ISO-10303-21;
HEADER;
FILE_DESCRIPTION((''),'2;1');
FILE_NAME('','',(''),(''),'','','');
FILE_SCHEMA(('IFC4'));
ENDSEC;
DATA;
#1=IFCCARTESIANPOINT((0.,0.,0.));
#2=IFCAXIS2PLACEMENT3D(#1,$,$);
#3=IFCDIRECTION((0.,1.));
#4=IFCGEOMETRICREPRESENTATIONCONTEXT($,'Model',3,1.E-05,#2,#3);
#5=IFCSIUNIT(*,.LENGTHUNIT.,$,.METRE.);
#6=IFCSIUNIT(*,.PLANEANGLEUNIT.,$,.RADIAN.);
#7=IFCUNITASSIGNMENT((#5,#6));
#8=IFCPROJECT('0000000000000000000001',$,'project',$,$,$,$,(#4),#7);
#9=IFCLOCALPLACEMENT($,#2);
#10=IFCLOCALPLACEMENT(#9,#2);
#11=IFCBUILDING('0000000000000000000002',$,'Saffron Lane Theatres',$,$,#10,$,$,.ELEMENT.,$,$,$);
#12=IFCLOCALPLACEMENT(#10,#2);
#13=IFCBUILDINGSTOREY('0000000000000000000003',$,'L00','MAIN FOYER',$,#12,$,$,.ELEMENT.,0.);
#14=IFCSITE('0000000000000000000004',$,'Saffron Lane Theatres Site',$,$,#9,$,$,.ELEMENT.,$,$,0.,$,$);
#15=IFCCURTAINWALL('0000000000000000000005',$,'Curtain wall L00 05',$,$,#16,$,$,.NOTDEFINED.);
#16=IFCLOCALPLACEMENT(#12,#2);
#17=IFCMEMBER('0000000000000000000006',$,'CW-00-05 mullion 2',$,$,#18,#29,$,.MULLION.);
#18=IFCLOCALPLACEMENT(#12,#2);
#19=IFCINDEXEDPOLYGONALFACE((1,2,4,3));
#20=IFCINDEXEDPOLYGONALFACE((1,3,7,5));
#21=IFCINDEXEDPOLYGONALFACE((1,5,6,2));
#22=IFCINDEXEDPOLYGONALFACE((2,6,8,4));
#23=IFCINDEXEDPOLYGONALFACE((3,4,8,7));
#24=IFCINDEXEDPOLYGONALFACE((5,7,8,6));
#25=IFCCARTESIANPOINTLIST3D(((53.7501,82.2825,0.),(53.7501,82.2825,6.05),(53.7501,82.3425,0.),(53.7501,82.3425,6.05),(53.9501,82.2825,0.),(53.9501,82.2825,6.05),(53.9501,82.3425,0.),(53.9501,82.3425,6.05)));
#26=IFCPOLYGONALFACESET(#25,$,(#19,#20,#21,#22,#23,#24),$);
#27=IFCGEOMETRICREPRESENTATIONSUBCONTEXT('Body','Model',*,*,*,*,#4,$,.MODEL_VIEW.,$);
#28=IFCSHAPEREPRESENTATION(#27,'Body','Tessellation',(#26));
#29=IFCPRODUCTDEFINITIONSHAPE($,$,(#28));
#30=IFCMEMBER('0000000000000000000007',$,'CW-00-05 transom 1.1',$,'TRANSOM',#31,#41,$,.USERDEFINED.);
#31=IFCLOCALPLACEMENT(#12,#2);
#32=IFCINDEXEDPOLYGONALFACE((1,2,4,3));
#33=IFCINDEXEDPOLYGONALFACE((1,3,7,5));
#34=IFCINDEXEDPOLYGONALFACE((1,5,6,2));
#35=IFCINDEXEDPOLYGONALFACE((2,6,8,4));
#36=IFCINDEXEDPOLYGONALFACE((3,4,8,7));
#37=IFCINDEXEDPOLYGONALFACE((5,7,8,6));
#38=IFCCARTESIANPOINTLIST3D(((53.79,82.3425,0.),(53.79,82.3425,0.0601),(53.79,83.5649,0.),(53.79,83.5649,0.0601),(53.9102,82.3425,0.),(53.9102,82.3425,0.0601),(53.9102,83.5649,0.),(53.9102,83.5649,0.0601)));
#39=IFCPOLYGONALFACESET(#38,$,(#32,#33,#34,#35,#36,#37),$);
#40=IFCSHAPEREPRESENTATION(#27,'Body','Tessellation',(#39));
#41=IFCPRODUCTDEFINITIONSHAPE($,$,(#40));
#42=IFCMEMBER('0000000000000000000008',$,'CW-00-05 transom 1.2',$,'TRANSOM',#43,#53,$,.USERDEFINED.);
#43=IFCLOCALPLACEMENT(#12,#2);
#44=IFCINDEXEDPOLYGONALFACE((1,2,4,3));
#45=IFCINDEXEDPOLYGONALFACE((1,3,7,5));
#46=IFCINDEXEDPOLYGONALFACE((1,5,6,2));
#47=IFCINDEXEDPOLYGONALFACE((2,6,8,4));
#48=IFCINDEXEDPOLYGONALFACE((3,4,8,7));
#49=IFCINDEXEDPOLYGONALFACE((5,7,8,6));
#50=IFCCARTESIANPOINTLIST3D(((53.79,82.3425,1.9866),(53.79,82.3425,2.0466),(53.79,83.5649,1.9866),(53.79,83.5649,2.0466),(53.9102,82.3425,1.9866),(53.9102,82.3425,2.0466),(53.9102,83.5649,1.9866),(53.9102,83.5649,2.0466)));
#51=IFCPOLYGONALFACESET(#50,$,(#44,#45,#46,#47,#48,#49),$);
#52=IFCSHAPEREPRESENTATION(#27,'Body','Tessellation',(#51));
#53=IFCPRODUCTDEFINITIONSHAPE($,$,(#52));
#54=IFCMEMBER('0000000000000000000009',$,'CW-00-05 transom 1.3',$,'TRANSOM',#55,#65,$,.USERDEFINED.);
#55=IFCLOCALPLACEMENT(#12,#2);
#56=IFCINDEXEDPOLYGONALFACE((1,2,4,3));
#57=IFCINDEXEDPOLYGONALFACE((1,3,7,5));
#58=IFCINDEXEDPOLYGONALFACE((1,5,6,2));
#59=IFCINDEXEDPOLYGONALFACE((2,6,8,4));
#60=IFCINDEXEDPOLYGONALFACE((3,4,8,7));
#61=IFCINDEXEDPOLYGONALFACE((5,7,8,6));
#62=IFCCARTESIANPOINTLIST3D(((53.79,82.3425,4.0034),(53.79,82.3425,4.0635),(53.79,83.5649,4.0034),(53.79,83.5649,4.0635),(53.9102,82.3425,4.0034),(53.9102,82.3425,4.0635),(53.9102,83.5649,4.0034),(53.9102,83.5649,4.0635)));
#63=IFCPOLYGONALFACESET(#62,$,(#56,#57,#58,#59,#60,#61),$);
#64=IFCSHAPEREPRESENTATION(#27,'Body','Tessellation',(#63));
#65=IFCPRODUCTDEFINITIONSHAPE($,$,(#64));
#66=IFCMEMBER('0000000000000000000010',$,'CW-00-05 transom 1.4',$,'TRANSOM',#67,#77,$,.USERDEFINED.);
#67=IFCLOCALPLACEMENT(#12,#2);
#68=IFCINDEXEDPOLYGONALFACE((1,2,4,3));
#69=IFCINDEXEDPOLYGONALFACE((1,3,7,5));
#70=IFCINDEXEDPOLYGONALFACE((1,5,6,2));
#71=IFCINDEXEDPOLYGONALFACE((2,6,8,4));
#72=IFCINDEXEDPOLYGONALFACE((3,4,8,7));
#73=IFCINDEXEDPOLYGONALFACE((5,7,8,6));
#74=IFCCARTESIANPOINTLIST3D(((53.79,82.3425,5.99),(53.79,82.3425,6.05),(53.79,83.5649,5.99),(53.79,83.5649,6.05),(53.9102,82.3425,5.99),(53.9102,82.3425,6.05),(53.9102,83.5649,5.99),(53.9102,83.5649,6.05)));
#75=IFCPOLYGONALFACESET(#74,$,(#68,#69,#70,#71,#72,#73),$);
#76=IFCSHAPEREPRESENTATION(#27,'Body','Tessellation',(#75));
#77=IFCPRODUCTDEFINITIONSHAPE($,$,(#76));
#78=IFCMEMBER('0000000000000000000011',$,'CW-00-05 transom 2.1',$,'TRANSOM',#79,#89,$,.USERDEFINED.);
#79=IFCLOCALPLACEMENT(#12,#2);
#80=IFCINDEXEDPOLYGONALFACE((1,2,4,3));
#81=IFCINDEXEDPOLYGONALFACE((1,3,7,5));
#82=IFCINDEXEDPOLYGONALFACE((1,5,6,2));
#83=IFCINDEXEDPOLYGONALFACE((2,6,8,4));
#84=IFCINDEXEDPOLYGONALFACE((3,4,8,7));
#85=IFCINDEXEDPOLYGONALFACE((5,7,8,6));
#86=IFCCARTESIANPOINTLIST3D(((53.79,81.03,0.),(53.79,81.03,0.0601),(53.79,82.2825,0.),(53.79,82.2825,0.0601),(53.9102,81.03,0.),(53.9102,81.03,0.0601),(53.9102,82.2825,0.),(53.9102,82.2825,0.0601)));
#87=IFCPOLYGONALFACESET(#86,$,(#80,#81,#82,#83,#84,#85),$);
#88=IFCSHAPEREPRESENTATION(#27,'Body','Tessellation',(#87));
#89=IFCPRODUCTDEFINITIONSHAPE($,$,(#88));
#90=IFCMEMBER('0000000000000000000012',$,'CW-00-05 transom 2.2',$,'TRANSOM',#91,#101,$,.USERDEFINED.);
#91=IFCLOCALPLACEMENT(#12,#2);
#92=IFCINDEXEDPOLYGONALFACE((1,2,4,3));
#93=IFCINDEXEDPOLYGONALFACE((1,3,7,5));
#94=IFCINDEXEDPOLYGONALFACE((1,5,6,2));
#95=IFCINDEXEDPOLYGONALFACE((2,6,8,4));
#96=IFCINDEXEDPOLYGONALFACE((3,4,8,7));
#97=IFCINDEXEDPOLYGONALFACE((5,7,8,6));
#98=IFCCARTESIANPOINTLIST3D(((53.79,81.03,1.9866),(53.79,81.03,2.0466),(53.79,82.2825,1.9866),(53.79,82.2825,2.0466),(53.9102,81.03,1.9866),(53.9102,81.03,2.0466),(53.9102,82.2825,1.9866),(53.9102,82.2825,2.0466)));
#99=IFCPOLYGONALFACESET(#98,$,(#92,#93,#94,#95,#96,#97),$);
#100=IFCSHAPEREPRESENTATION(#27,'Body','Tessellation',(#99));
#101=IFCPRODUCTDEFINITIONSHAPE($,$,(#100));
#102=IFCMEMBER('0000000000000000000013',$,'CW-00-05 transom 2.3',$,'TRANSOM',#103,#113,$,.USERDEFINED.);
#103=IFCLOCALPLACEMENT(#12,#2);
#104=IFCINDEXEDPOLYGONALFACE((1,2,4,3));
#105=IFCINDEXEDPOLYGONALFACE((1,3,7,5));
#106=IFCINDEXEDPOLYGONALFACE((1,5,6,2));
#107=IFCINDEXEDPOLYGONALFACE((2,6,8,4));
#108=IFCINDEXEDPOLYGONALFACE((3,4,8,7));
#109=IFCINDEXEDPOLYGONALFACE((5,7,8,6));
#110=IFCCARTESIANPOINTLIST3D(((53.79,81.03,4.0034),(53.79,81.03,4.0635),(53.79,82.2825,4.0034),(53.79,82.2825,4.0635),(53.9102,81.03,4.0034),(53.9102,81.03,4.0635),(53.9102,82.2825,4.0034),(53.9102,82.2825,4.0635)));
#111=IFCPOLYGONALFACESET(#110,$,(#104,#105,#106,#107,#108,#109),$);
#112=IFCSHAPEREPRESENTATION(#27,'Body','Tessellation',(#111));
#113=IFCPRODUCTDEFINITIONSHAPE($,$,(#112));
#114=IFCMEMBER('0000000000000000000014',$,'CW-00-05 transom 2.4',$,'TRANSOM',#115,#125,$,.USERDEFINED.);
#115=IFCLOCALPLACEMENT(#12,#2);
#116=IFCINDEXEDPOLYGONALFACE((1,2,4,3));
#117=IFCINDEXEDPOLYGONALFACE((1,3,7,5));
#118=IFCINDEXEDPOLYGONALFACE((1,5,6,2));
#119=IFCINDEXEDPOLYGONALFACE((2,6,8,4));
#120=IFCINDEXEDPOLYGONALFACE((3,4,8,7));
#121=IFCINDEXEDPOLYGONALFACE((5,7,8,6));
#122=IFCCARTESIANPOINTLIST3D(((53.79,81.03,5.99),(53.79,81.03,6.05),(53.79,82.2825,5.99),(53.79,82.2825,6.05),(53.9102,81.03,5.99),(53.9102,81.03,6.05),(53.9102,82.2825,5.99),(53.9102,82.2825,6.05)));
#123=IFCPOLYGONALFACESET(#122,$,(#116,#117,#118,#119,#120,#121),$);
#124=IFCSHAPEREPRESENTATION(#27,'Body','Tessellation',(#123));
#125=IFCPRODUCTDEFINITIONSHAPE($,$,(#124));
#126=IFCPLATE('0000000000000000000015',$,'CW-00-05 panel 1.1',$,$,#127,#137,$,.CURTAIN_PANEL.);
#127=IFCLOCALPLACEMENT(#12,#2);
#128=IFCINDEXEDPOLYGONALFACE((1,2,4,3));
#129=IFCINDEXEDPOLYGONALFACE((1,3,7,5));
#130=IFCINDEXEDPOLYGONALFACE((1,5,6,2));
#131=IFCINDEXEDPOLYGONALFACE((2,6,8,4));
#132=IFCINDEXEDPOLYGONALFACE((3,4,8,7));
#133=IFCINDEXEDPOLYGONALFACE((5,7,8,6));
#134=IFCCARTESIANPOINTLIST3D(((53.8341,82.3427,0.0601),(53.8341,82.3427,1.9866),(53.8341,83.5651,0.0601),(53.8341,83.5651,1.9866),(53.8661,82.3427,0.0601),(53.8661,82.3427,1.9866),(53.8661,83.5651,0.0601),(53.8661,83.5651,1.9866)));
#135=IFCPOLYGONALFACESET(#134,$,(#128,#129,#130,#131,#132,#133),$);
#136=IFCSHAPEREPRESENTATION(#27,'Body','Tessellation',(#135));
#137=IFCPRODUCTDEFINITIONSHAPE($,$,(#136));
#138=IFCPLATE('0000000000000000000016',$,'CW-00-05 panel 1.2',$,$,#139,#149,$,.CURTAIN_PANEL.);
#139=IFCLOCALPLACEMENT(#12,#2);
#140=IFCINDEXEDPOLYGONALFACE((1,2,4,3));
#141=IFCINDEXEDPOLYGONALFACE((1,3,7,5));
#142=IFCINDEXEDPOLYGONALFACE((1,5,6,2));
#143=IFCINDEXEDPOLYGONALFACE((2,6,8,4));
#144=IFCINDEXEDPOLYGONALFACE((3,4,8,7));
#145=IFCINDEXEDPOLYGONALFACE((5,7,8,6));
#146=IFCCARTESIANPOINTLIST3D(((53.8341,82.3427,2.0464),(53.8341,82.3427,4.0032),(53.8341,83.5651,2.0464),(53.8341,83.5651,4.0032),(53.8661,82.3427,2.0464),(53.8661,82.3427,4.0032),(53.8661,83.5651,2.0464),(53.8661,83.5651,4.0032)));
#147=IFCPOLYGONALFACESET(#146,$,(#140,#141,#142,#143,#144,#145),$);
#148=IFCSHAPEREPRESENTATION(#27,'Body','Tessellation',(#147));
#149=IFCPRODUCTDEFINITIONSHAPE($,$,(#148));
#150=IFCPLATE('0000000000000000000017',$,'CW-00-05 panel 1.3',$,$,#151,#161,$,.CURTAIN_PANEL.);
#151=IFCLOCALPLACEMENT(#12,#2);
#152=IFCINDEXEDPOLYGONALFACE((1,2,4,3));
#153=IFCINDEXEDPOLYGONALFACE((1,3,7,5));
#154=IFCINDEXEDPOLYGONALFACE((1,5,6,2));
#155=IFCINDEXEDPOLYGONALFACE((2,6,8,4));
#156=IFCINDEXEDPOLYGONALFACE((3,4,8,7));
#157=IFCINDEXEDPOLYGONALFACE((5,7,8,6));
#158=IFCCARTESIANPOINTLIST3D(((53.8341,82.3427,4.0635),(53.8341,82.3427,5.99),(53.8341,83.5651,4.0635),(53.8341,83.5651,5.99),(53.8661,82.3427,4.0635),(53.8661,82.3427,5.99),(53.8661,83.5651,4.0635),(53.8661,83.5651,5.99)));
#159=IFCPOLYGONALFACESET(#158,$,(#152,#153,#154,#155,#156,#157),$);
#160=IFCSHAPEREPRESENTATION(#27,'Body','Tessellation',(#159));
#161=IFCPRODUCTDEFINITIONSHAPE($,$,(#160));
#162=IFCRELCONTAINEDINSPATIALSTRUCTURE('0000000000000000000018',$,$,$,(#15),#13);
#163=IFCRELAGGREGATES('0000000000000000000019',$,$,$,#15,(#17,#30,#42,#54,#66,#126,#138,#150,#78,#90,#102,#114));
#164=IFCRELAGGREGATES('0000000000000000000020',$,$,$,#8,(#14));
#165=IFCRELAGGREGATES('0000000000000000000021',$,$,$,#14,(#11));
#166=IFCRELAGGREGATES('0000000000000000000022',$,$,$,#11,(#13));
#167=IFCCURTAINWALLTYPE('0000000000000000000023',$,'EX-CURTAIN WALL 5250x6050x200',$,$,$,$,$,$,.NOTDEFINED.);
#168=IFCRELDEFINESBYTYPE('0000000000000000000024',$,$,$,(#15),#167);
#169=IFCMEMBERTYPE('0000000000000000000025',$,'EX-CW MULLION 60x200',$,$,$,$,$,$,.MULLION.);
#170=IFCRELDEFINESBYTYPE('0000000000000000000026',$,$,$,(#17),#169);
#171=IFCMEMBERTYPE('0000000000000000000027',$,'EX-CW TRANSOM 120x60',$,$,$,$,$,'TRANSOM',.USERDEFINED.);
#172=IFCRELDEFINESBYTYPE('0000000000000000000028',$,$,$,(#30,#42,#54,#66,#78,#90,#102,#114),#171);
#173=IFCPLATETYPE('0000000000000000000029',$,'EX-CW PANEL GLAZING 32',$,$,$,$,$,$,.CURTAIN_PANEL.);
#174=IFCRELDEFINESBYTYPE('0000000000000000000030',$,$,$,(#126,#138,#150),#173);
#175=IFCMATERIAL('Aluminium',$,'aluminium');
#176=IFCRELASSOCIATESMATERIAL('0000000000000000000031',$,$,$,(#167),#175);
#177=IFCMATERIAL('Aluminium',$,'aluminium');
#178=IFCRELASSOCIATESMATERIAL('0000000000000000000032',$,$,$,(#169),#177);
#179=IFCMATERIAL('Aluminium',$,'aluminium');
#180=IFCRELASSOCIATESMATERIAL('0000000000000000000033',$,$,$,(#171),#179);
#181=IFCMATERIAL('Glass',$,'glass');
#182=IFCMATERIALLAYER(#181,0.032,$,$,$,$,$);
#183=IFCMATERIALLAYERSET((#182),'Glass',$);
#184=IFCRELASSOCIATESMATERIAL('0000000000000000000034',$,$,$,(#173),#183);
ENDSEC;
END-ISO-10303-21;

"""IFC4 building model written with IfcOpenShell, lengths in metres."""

from ifc_helpers import new_model, si_unit, direction, frame, origin, origin_2d, place, context, subcontext, project, spatial, rectangle, extrude, material, layer, layer_set, material_profile, profile_set, type_object, element, aggregate, save


model = new_model("IFC4")

# Units and contexts
model_context = context("Model", 3, precision=1e-05, world=origin(), true_north=direction((0.0, 1.0)))
body_context = subcontext(model_context, "Body", "Model", "MODEL_VIEW")
ifc_project = project(units=[si_unit("LENGTHUNIT", "METRE"), si_unit("PLANEANGLEUNIT", "RADIAN")], contexts=[model_context])

# Site, building, storey
site_placement = place(None, origin())
site = spatial("IfcSite", under=ifc_project, at=site_placement, Name="Saffron Lane Theatres Site", CompositionType="ELEMENT", RefElevation=0.0)
building_placement = place(site_placement, origin())
building = spatial("IfcBuilding", under=site, at=building_placement, Name="Saffron Lane Theatres", CompositionType="ELEMENT")
storey_placement = place(building_placement, origin())
storey = spatial("IfcBuildingStorey", under=building, at=storey_placement, Name="L00", Description="MAIN FOYER", CompositionType="ELEMENT", Elevation=0.0)

# Curtain wall, members, plates
ifc_material_1 = material(Name="Aluminium", Category="aluminium")
curtain_wall_type = type_object("IfcCurtainWallType", Name="EX-CURTAIN WALL 5250x6050x200", PredefinedType="NOTDEFINED", material=ifc_material_1)
curtain_wall_placement = place(storey_placement, origin())
curtain_wall = element("IfcCurtainWall", 1, at=curtain_wall_placement, inside=storey, type_object=curtain_wall_type, Name="Curtain wall L00 05", PredefinedType="NOTDEFINED")
ifc_material_2 = material(Name="Aluminium", Category="aluminium")
ifc_material_profile_1 = material_profile(ifc_material_2, rectangle(XDim=0.0601, YDim=0.2, at=origin_2d()))
ifc_profile_set_1 = profile_set([ifc_material_profile_1], Name="Aluminium")
member_type_1 = type_object("IfcMemberType", Name="EX-CW MULLION 60x200", PredefinedType="MULLION", material=ifc_profile_set_1)
member_1_placement = place(storey_placement, frame((53.8501, 82.3125, 0.0), z_axis=(0.0, 0.0, 1.0), x_axis=(0.0, -1.0, 0.0)))
member_1 = element("IfcMember", 2, at=member_1_placement, type_object=member_type_1, Name="CW-00-05 mullion 2", PredefinedType="MULLION", context=body_context, shape_type="SweptSolid", body=[
    extrude(rectangle(XDim=0.0601, YDim=0.2, at=origin_2d()), origin(), (0.0, 0.0, 1.0), 6.05),
])
ifc_material_3 = material(Name="Aluminium", Category="aluminium")
ifc_material_profile_2 = material_profile(ifc_material_3, rectangle(XDim=0.1201, YDim=0.0601, at=origin_2d()))
ifc_profile_set_2 = profile_set([ifc_material_profile_2], Name="Aluminium")
member_type_2 = type_object("IfcMemberType", Name="EX-CW TRANSOM 120x60", ElementType="TRANSOM", PredefinedType="USERDEFINED", material=ifc_profile_set_2)
member_2_placement = place(storey_placement, frame((53.8501, 83.5649, 0.03), z_axis=(0.0, -1.0, 0.0), x_axis=(1.0, 0.0, 0.0)))
member_2 = element("IfcMember", 3, at=member_2_placement, type_object=member_type_2, Name="CW-00-05 transom 1.1", ObjectType="TRANSOM", PredefinedType="USERDEFINED", context=body_context, shape_type="SweptSolid", body=[
    extrude(rectangle(XDim=0.1201, YDim=0.0601, at=origin_2d()), origin(), (0.0, 0.0, 1.0), 1.2224),
])
member_3_placement = place(storey_placement, frame((53.8501, 83.5649, 2.0166), z_axis=(0.0, -1.0, 0.0), x_axis=(1.0, 0.0, 0.0)))
member_3 = element("IfcMember", 4, at=member_3_placement, type_object=member_type_2, Name="CW-00-05 transom 1.2", ObjectType="TRANSOM", PredefinedType="USERDEFINED", context=body_context, shape_type="SweptSolid", body=[
    extrude(rectangle(XDim=0.1201, YDim=0.0601, at=origin_2d()), origin(), (0.0, 0.0, 1.0), 1.2224),
])
member_4_placement = place(storey_placement, frame((53.8501, 83.5649, 4.0334), z_axis=(0.0, -1.0, 0.0), x_axis=(1.0, 0.0, 0.0)))
member_4 = element("IfcMember", 5, at=member_4_placement, type_object=member_type_2, Name="CW-00-05 transom 1.3", ObjectType="TRANSOM", PredefinedType="USERDEFINED", context=body_context, shape_type="SweptSolid", body=[
    extrude(rectangle(XDim=0.1201, YDim=0.0601, at=origin_2d()), origin(), (0.0, 0.0, 1.0), 1.2224),
])
member_5_placement = place(storey_placement, frame((53.8501, 83.5649, 6.02), z_axis=(0.0, -1.0, 0.0), x_axis=(1.0, 0.0, 0.0)))
member_5 = element("IfcMember", 6, at=member_5_placement, type_object=member_type_2, Name="CW-00-05 transom 1.4", ObjectType="TRANSOM", PredefinedType="USERDEFINED", context=body_context, shape_type="SweptSolid", body=[
    extrude(rectangle(XDim=0.1201, YDim=0.0601, at=origin_2d()), origin(), (0.0, 0.0, 1.0), 1.2224),
])
member_6_placement = place(storey_placement, frame((53.8501, 82.2825, 0.03), z_axis=(0.0, -1.0, 0.0), x_axis=(1.0, 0.0, 0.0)))
member_6 = element("IfcMember", 7, at=member_6_placement, type_object=member_type_2, Name="CW-00-05 transom 2.1", ObjectType="TRANSOM", PredefinedType="USERDEFINED", context=body_context, shape_type="SweptSolid", body=[
    extrude(rectangle(XDim=0.1201, YDim=0.0601, at=origin_2d()), origin(), (0.0, 0.0, 1.0), 1.2524),
])
member_7_placement = place(storey_placement, frame((53.8501, 82.2825, 2.0166), z_axis=(0.0, -1.0, 0.0), x_axis=(1.0, 0.0, 0.0)))
member_7 = element("IfcMember", 8, at=member_7_placement, type_object=member_type_2, Name="CW-00-05 transom 2.2", ObjectType="TRANSOM", PredefinedType="USERDEFINED", context=body_context, shape_type="SweptSolid", body=[
    extrude(rectangle(XDim=0.1201, YDim=0.0601, at=origin_2d()), origin(), (0.0, 0.0, 1.0), 1.2524),
])
member_8_placement = place(storey_placement, frame((53.8501, 82.2825, 4.0334), z_axis=(0.0, -1.0, 0.0), x_axis=(1.0, 0.0, 0.0)))
member_8 = element("IfcMember", 9, at=member_8_placement, type_object=member_type_2, Name="CW-00-05 transom 2.3", ObjectType="TRANSOM", PredefinedType="USERDEFINED", context=body_context, shape_type="SweptSolid", body=[
    extrude(rectangle(XDim=0.1201, YDim=0.0601, at=origin_2d()), origin(), (0.0, 0.0, 1.0), 1.2524),
])
member_9_placement = place(storey_placement, frame((53.8501, 82.2825, 6.02), z_axis=(0.0, -1.0, 0.0), x_axis=(1.0, 0.0, 0.0)))
member_9 = element("IfcMember", 10, at=member_9_placement, type_object=member_type_2, Name="CW-00-05 transom 2.4", ObjectType="TRANSOM", PredefinedType="USERDEFINED", context=body_context, shape_type="SweptSolid", body=[
    extrude(rectangle(XDim=0.1201, YDim=0.0601, at=origin_2d()), origin(), (0.0, 0.0, 1.0), 1.2524),
])
ifc_material_4 = material(Name="Glass", Category="glass")
ifc_layer_1 = layer(ifc_material_4, 0.032)
ifc_layer_set_1 = layer_set([ifc_layer_1], Name="Glass")
plate_type = type_object("IfcPlateType", Name="EX-CW PANEL GLAZING 32", PredefinedType="CURTAIN_PANEL", material=ifc_layer_set_1)
plate_1_placement = place(storey_placement, frame((53.8501, 82.9539, 0.0601), z_axis=(0.0, 0.0, 1.0), x_axis=(0.0, -1.0, 0.0)))
plate_1 = element("IfcPlate", 11, at=plate_1_placement, type_object=plate_type, Name="CW-00-05 panel 1.1", PredefinedType="CURTAIN_PANEL", context=body_context, shape_type="SweptSolid", body=[
    extrude(rectangle(XDim=1.2224, YDim=0.032, at=origin_2d()), origin(), (0.0, 0.0, 1.0), 1.9265),
])
plate_2_placement = place(storey_placement, frame((53.8501, 82.9539, 2.0464), z_axis=(0.0, 0.0, 1.0), x_axis=(0.0, -1.0, 0.0)))
plate_2 = element("IfcPlate", 12, at=plate_2_placement, type_object=plate_type, Name="CW-00-05 panel 1.2", PredefinedType="CURTAIN_PANEL", context=body_context, shape_type="SweptSolid", body=[
    extrude(rectangle(XDim=1.2224, YDim=0.032, at=origin_2d()), origin(), (0.0, 0.0, 1.0), 1.9568),
])
plate_3_placement = place(storey_placement, frame((53.8501, 82.9539, 4.0635), z_axis=(0.0, 0.0, 1.0), x_axis=(0.0, -1.0, 0.0)))
plate_3 = element("IfcPlate", 13, at=plate_3_placement, type_object=plate_type, Name="CW-00-05 panel 1.3", PredefinedType="CURTAIN_PANEL", context=body_context, shape_type="SweptSolid", body=[
    extrude(rectangle(XDim=1.2224, YDim=0.032, at=origin_2d()), origin(), (0.0, 0.0, 1.0), 1.9265),
])
aggregate(curtain_wall, [member_1, member_2, member_3, member_4, member_5, plate_1, plate_2, plate_3, member_6, member_7, member_8, member_9])

save(model, "model.ifc")
